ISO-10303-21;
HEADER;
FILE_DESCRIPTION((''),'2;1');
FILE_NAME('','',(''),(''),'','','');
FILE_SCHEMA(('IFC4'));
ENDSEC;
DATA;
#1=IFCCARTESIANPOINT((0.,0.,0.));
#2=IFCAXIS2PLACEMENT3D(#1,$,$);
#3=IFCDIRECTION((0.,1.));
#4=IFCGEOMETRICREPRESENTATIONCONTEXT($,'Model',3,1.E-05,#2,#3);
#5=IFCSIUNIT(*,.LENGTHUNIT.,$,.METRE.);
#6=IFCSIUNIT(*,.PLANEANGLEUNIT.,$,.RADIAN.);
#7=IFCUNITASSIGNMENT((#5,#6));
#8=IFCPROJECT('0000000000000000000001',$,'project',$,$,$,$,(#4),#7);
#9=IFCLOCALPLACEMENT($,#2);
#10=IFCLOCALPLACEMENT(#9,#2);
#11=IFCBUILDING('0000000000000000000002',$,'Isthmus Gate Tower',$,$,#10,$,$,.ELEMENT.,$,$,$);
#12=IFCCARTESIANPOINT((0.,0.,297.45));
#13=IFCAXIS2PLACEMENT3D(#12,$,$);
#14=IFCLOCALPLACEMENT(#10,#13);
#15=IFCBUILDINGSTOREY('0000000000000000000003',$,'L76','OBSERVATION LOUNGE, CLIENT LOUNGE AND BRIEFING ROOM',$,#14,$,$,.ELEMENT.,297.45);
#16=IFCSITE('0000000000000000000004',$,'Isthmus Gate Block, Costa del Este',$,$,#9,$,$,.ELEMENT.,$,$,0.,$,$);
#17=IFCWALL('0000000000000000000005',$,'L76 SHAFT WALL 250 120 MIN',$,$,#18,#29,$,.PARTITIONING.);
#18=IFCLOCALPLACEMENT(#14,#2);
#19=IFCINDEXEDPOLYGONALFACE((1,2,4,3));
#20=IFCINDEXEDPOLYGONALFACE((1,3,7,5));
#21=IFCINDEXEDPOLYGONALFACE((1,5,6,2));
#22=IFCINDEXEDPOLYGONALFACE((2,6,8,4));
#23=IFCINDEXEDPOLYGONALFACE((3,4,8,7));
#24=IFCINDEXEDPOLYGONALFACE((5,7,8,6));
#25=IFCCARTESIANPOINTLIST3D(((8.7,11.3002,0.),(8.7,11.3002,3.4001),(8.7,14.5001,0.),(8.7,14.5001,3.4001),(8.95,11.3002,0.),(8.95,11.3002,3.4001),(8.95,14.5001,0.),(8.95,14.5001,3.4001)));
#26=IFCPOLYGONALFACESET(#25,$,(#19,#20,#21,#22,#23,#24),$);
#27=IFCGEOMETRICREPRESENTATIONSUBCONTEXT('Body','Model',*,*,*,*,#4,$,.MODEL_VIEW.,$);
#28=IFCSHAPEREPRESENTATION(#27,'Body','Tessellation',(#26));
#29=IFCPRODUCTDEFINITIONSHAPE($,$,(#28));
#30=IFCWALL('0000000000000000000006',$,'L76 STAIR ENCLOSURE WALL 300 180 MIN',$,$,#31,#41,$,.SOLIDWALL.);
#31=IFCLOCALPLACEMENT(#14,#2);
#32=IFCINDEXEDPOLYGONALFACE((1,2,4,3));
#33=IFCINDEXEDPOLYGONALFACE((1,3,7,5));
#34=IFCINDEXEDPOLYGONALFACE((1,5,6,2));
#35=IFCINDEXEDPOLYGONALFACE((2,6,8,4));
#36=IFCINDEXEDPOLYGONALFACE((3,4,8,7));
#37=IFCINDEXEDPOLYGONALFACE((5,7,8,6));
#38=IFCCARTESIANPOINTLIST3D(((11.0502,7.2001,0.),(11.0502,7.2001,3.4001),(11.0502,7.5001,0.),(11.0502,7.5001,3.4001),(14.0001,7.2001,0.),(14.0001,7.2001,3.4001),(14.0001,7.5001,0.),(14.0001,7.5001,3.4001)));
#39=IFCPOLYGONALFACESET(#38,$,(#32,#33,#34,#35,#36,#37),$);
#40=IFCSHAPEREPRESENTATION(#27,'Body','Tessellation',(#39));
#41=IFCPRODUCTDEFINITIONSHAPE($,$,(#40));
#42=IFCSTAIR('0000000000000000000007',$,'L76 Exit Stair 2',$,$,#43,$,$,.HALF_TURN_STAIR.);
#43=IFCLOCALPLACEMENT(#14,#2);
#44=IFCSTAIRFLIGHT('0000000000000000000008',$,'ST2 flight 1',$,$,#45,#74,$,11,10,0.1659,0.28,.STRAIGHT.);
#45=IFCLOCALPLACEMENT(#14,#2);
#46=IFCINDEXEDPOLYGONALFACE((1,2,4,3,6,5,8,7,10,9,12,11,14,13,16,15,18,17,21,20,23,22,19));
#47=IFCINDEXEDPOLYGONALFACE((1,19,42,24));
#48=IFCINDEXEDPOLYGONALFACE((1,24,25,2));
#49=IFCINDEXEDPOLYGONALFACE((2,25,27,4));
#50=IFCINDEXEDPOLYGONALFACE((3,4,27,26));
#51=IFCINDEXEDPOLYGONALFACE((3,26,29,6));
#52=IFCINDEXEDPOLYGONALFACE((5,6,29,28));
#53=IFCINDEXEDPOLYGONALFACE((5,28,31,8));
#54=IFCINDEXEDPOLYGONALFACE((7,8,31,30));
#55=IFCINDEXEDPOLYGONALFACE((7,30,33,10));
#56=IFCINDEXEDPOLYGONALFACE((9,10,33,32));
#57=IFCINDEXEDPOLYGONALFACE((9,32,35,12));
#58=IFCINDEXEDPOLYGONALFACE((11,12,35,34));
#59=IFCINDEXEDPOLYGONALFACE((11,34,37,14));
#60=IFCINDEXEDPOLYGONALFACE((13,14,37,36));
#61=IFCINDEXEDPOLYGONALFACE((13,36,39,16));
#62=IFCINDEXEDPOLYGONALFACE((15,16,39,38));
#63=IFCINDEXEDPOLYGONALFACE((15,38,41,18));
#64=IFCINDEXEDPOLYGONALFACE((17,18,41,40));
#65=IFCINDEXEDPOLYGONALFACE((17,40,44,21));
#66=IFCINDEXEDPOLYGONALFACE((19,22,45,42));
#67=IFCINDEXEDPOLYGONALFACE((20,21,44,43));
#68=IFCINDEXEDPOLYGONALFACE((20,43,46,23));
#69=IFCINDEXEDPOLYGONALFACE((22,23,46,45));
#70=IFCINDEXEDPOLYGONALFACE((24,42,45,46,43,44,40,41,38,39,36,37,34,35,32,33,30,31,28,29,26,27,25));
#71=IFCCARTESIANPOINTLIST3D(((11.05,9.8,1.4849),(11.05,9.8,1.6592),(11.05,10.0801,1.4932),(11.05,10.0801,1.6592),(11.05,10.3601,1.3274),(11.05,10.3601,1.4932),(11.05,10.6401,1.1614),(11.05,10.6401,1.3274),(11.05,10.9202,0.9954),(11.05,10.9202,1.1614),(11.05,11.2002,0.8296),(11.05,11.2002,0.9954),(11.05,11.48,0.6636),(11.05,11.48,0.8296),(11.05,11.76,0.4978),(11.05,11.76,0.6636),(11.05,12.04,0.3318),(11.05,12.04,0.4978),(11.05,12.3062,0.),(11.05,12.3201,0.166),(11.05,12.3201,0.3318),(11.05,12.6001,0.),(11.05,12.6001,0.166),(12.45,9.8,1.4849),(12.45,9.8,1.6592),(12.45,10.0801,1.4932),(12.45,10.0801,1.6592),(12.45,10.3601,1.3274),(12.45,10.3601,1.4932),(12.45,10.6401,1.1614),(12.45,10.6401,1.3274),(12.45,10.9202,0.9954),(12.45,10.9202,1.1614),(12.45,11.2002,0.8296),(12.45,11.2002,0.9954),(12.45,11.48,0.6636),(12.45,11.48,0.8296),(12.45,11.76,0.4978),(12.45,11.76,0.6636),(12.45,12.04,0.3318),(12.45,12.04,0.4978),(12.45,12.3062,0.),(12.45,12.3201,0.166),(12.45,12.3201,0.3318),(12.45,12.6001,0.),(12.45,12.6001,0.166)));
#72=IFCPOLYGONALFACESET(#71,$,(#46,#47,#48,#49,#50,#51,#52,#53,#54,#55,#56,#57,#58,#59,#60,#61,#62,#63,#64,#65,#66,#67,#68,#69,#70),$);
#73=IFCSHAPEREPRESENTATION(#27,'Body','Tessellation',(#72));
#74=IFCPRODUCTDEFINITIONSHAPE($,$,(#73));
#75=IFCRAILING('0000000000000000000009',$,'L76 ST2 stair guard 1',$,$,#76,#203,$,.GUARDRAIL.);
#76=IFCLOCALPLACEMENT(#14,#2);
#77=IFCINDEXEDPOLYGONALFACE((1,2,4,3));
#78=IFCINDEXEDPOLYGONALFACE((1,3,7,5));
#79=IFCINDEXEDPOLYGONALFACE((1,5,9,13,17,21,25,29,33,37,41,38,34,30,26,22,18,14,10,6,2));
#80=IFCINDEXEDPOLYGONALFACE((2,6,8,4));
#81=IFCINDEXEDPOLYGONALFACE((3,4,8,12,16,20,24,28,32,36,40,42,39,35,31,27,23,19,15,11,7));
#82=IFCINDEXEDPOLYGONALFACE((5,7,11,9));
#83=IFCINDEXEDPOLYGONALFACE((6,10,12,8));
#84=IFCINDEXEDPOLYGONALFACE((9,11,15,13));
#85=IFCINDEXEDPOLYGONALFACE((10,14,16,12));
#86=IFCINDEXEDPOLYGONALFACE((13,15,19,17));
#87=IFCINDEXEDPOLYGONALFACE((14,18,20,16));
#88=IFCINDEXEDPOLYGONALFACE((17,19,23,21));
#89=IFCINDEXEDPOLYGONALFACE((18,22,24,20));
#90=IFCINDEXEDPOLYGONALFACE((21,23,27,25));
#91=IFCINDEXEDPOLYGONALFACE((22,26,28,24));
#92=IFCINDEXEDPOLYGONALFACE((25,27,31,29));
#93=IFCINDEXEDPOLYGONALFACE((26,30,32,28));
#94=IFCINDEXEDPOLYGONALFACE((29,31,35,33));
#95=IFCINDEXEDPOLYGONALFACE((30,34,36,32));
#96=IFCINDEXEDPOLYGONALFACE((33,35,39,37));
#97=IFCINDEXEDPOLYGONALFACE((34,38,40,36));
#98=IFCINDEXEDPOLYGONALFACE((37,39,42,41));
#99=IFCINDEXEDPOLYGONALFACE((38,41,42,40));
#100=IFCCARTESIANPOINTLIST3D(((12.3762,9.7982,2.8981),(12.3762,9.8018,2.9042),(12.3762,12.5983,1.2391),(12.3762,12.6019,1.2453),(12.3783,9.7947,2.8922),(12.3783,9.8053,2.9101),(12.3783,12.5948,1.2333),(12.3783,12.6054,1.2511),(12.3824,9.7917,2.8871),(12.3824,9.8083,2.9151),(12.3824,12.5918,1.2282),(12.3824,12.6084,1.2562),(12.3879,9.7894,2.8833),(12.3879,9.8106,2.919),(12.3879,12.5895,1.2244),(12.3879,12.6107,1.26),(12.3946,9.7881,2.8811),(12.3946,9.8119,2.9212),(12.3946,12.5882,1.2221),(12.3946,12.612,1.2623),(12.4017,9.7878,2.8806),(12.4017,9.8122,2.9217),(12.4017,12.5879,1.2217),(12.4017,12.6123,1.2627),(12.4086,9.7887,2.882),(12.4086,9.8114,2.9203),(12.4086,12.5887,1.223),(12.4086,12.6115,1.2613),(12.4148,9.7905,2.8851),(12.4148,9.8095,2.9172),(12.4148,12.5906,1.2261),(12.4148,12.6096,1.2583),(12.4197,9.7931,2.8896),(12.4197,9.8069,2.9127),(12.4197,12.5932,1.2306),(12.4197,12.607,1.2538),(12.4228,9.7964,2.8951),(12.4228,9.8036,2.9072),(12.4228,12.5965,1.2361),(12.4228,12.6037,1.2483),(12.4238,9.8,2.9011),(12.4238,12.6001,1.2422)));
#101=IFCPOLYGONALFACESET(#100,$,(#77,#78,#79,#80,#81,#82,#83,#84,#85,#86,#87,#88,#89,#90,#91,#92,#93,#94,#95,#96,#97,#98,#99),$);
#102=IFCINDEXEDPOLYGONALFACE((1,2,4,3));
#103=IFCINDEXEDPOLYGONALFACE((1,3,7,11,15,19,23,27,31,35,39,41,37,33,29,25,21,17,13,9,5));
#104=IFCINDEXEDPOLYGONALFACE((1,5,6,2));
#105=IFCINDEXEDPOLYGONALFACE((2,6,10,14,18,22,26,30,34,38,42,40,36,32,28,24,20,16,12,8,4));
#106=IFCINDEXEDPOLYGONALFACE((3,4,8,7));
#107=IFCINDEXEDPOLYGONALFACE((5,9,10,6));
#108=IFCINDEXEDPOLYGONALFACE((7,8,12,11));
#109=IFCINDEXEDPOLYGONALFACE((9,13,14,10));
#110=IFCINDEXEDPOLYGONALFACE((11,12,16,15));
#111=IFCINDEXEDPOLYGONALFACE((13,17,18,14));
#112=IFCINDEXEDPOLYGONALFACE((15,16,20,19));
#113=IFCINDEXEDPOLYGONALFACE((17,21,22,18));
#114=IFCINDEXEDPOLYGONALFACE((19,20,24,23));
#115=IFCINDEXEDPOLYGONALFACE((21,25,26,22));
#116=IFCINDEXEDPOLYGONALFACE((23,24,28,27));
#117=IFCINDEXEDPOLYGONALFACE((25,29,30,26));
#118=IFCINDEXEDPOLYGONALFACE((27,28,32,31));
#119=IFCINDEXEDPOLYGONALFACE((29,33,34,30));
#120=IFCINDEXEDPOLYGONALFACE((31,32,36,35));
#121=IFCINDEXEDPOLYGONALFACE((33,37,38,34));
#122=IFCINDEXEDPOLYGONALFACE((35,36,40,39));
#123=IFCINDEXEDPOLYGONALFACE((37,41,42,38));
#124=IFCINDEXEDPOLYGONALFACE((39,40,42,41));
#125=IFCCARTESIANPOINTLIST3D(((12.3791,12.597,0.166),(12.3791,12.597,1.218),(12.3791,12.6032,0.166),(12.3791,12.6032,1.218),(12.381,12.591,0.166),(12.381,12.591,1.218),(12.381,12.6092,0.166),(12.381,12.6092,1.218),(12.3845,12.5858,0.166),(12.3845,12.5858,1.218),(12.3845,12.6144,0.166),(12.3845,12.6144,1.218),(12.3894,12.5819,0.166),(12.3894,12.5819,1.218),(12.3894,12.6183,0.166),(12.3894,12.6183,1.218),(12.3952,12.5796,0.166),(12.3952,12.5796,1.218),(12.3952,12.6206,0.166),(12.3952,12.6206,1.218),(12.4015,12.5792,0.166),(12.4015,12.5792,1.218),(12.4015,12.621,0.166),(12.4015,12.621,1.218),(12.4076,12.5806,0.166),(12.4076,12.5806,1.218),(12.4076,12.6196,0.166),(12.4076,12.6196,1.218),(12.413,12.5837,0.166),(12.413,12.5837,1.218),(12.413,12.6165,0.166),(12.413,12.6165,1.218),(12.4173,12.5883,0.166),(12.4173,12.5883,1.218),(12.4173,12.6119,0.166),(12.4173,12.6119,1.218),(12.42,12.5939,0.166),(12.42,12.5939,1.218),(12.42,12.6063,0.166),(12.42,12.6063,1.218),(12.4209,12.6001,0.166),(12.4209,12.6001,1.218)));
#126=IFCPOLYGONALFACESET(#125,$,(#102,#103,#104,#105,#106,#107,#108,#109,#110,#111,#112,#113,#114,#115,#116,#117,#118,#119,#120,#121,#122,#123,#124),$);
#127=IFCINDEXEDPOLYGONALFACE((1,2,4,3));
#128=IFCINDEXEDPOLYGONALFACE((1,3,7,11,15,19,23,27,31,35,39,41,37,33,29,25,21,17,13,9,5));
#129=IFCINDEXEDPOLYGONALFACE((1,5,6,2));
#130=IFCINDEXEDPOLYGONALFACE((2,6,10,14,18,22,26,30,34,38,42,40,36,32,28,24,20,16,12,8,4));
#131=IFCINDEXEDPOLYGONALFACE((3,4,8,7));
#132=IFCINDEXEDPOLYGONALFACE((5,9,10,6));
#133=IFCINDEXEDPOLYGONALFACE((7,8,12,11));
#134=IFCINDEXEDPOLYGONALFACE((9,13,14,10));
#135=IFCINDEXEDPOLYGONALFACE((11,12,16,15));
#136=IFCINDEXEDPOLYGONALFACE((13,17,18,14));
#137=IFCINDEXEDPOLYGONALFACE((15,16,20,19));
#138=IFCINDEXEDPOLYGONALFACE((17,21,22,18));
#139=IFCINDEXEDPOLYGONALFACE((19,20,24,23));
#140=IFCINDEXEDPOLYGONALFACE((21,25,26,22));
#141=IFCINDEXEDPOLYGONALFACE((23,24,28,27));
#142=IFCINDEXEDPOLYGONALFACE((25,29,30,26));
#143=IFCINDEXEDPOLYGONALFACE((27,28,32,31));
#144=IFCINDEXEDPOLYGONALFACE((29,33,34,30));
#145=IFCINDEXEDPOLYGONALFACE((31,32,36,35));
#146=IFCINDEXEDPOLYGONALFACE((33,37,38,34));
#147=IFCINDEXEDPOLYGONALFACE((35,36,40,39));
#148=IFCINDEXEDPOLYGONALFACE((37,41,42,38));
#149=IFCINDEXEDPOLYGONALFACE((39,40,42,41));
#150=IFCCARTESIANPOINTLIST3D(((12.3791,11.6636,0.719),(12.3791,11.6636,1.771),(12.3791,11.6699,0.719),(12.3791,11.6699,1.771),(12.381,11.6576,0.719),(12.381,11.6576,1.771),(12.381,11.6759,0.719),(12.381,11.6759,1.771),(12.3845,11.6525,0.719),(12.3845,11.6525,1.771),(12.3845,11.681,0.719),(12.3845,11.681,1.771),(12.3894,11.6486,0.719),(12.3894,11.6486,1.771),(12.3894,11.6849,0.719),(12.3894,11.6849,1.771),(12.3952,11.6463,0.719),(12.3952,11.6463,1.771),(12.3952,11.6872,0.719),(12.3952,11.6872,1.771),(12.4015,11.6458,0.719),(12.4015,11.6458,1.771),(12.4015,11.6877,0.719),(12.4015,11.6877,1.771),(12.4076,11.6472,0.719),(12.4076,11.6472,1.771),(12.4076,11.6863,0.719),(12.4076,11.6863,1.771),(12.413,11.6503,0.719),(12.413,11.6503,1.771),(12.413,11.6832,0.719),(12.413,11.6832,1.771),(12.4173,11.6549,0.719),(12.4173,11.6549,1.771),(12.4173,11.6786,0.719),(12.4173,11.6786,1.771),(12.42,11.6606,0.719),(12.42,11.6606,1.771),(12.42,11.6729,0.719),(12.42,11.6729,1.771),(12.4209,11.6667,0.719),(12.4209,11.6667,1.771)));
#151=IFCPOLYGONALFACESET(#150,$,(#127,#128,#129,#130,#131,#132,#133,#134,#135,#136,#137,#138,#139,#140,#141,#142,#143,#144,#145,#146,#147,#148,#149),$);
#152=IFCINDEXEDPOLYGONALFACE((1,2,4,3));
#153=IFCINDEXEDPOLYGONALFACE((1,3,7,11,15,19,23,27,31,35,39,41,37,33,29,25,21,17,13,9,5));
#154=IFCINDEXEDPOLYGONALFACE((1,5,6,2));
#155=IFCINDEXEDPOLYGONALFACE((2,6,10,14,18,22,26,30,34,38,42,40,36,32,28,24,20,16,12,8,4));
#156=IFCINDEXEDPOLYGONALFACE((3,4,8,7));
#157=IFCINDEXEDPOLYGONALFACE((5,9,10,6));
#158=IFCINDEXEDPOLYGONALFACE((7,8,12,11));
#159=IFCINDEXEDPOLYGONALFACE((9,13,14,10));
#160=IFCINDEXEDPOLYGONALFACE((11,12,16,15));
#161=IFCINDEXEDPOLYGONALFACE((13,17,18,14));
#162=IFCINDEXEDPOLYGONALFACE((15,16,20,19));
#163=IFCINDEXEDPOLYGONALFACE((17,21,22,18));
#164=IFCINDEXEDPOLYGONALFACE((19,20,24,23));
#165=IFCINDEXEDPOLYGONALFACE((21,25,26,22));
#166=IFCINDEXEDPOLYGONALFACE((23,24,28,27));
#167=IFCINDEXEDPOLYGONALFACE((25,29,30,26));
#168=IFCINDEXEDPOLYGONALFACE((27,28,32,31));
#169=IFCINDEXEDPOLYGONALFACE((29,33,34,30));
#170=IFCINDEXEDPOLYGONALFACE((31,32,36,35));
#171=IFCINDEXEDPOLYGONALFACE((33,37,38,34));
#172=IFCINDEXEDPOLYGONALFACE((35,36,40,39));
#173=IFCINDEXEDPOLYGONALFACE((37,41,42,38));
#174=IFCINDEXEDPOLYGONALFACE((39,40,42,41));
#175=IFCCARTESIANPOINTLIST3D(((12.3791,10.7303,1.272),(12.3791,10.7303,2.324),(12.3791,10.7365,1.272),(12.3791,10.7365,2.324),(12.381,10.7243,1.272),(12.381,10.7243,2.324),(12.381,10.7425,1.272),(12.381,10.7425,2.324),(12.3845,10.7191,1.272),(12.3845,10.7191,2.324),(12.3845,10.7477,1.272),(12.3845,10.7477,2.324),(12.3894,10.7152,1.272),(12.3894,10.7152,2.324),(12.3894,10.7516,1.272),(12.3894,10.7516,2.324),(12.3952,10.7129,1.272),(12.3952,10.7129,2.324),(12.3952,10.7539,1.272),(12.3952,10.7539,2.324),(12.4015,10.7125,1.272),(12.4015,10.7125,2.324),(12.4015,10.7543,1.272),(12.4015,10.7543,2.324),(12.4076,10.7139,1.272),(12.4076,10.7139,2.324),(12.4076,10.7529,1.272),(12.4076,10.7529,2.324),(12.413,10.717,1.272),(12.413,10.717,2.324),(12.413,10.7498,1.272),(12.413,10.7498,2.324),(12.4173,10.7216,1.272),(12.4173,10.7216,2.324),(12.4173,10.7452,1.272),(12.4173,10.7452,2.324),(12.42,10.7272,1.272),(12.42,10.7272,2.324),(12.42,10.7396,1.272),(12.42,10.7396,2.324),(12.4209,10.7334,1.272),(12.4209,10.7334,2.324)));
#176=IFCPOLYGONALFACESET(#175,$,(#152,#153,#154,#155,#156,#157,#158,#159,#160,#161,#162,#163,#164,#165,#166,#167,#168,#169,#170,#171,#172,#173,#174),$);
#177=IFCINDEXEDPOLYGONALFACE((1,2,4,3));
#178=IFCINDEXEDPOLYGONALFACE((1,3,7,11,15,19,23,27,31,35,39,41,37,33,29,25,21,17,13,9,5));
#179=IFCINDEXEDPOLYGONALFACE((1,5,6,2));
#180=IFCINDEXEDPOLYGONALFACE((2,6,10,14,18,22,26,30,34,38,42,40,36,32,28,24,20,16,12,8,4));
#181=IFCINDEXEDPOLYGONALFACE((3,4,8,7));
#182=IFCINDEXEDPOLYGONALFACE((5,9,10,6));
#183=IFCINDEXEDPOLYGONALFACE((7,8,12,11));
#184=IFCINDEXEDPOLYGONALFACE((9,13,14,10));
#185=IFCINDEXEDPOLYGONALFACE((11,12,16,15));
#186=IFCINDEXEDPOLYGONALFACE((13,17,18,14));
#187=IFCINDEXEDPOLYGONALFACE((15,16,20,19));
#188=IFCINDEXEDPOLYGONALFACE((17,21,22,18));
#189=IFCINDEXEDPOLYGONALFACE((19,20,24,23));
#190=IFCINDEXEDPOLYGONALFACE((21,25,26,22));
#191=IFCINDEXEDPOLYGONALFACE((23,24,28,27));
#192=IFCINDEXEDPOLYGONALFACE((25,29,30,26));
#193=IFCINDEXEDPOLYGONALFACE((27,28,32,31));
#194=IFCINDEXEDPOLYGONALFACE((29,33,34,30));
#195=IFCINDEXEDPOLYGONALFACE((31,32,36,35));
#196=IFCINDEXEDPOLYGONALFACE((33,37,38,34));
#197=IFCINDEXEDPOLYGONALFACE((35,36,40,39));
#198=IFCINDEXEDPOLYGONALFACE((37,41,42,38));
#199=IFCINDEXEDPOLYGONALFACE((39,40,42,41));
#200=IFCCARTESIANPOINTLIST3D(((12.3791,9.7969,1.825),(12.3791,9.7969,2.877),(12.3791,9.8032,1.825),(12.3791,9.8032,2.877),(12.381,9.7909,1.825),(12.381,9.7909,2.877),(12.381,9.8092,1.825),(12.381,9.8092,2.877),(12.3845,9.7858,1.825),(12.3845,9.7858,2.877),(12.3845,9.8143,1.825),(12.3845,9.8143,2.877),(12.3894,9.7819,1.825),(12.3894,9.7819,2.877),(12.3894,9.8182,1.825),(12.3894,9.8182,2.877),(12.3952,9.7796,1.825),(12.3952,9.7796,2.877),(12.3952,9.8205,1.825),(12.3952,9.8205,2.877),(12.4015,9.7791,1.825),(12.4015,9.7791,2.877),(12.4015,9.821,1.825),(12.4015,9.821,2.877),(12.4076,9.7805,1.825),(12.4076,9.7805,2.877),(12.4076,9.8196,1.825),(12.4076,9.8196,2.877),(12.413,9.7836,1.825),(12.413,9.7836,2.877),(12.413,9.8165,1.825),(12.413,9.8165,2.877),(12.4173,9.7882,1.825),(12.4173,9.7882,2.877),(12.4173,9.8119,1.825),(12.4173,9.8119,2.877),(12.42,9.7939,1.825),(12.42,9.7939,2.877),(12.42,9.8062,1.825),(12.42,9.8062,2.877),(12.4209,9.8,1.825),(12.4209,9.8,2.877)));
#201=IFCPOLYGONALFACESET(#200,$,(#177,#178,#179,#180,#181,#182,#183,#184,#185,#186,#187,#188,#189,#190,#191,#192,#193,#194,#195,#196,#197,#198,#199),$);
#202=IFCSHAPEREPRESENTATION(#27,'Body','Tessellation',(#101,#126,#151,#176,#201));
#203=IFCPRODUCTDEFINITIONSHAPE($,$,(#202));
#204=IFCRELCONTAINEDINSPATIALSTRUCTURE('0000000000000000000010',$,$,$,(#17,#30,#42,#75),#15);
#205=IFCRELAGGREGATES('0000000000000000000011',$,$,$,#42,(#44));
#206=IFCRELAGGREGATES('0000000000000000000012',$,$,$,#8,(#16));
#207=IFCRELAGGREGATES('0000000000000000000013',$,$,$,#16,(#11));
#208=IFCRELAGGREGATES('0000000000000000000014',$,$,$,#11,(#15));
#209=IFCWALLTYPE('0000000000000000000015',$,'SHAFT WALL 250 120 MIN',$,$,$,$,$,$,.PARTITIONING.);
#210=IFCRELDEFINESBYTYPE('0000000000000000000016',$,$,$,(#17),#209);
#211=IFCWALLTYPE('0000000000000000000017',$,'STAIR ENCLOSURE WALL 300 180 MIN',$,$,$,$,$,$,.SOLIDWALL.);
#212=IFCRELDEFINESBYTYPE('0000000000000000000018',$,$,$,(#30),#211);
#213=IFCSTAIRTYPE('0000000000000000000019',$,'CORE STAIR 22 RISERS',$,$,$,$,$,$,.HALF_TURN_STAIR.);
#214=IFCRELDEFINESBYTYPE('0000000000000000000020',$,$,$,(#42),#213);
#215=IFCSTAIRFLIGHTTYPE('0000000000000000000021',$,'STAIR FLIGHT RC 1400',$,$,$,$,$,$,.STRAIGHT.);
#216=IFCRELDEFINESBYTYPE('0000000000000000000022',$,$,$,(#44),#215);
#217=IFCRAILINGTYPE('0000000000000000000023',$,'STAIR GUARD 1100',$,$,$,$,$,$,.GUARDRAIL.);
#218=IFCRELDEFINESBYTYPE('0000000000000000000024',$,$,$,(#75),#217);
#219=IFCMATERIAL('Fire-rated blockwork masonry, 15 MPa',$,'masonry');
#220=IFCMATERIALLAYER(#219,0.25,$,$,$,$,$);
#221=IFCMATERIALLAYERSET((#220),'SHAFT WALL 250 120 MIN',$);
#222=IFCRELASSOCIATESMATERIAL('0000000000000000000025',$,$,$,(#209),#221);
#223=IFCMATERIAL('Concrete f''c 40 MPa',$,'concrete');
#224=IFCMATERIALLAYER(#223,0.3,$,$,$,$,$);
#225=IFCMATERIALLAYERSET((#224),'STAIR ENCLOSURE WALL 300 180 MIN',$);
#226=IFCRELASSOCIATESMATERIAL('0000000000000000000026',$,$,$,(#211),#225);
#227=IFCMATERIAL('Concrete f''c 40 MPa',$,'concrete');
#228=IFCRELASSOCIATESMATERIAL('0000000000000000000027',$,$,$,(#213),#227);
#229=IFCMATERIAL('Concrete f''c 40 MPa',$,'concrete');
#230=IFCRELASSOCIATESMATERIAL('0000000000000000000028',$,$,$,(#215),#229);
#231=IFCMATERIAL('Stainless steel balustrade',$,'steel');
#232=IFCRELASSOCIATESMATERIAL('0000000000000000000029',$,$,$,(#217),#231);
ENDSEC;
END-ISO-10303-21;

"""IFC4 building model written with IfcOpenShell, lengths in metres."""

from ifc_helpers import new_model, si_unit, direction, frame, frame_2d, origin, origin_2d, place, context, subcontext, project, spatial, polyline, rectangle, circle, outline, extrude, material, layer, layer_set, type_object, element, aggregate, save


model = new_model("IFC4")

# Units and contexts
model_context = context("Model", 3, precision=1e-05, world=origin(), true_north=direction((0.0, 1.0)))
body_context = subcontext(model_context, "Body", "Model", "MODEL_VIEW")
ifc_project = project(units=[si_unit("LENGTHUNIT", "METRE"), si_unit("PLANEANGLEUNIT", "RADIAN")], contexts=[model_context])

# Site, building, storey
site_placement = place(None, origin())
site = spatial("IfcSite", under=ifc_project, at=site_placement, Name="Isthmus Gate Block, Costa del Este", CompositionType="ELEMENT", RefElevation=0.0)
building_placement = place(site_placement, origin())
building = spatial("IfcBuilding", under=site, at=building_placement, Name="Isthmus Gate Tower", CompositionType="ELEMENT")
storey_placement = place(building_placement, frame((0.0, 0.0, 297.45)))
storey = spatial("IfcBuildingStorey", under=building, at=storey_placement, Name="L76", Description="OBSERVATION LOUNGE, CLIENT LOUNGE AND BRIEFING ROOM", CompositionType="ELEMENT", Elevation=297.45)

# Walls
ifc_material_1 = material(Name="Fire-rated blockwork masonry, 15 MPa", Category="masonry")
ifc_layer_1 = layer(ifc_material_1, 0.25)
ifc_layer_set_1 = layer_set([ifc_layer_1], Name="SHAFT WALL 250 120 MIN")
wall_type_1 = type_object("IfcWallType", Name="SHAFT WALL 250 120 MIN", PredefinedType="PARTITIONING", material=ifc_layer_set_1)
for number, where, z_axis, x_axis, name in (
    (1, (8.825, 11.3, 0.0), (0.0, 0.0, 1.0), (0.0, 1.0, 0.0), "L76 SHAFT WALL 250 120 MIN"),
):
    element("IfcWall", number, at=place(storey_placement, frame(where, z_axis=z_axis, x_axis=x_axis)), inside=storey, type_object=wall_type_1, Name=name, PredefinedType="PARTITIONING", context=body_context, shape_type="SweptSolid", body=[
        extrude(rectangle(XDim=3.2, YDim=0.25, at=frame_2d((1.6001, 0.0))), origin(), (0.0, 0.0, 1.0), 3.4001),
    ])
ifc_material_2 = material(Name="Concrete f'c 40 MPa", Category="concrete")
ifc_layer_2 = layer(ifc_material_2, 0.3)
ifc_layer_set_2 = layer_set([ifc_layer_2], Name="STAIR ENCLOSURE WALL 300 180 MIN")
wall_type_2 = type_object("IfcWallType", Name="STAIR ENCLOSURE WALL 300 180 MIN", PredefinedType="SOLIDWALL", material=ifc_layer_set_2)
wall_1_placement = place(storey_placement, frame((11.05, 7.3501, 0.0), z_axis=(0.0, 0.0, 1.0), x_axis=(1.0, 0.0, 0.0)))
element("IfcWall", 2, at=wall_1_placement, inside=storey, type_object=wall_type_2, Name="L76 STAIR ENCLOSURE WALL 300 180 MIN", PredefinedType="SOLIDWALL", context=body_context, shape_type="SweptSolid", body=[
    extrude(rectangle(XDim=2.95, YDim=0.3, at=frame_2d((1.4751, 0.0))), origin(), (0.0, 0.0, 1.0), 3.4001),
])

# Stair, stair flight
ifc_material_3 = material(Name="Concrete f'c 40 MPa", Category="concrete")
stair_type = type_object("IfcStairType", Name="CORE STAIR 22 RISERS", PredefinedType="HALF_TURN_STAIR", material=ifc_material_3)
stair_placement = place(storey_placement, origin())
stair = element("IfcStair", 3, at=stair_placement, inside=storey, type_object=stair_type, Name="L76 Exit Stair 2", PredefinedType="HALF_TURN_STAIR")
ifc_material_4 = material(Name="Concrete f'c 40 MPa", Category="concrete")
stair_flight_type = type_object("IfcStairFlightType", Name="STAIR FLIGHT RC 1400", PredefinedType="STRAIGHT", material=ifc_material_4)
stair_flight_placement = place(storey_placement, frame((11.75, 12.6001, 0.0), z_axis=(0.0, 0.0, 1.0), x_axis=(0.0, -1.0, 0.0)))
stair_flight = element("IfcStairFlight", 4, at=stair_flight_placement, type_object=stair_flight_type, Name="ST2 flight 1", NumberOfRisers=11, NumberOfTreads=10, PredefinedType="STRAIGHT", RiserHeight=0.1659, TreadLength=0.28, context=body_context, shape_type="SweptSolid", body=[
    extrude(outline(polyline([(0.0, 0.0), (0.0, 0.166), (0.28, 0.166), (0.28, 0.3318), (0.5601, 0.3318), (0.5601, 0.4978), (0.8401, 0.4978), (0.8401, 0.6636), (1.1201, 0.6636), (1.1201, 0.8296), (1.3999, 0.8296), (1.3999, 0.9954), (1.6799, 0.9954), (1.6799, 1.1614), (1.96, 1.1614), (1.96, 1.3274), (2.24, 1.3274), (2.24, 1.4932), (2.52, 1.4932), (2.52, 1.6592), (2.8, 1.6592), (2.8, 1.825), (2.8, 1.4849), (0.2939, 0.0), (0.0, 0.0)])), frame((0.0, 0.7, 0.0), z_axis=(0.0, -1.0, 0.0), x_axis=(1.0, 0.0, 0.0)), (0.0, 0.0, 1.0), 1.3999),
])
aggregate(stair, [stair_flight])

# Railing
ifc_material_5 = material(Name="Stainless steel balustrade", Category="steel")
railing_type_1 = type_object("IfcRailingType", Name="STAIR GUARD 1100", PredefinedType="GUARDRAIL", material=ifc_material_5)
railing_1_placement = place(storey_placement, frame((12.3999, 12.6001, 0.166)))
element("IfcRailing", 5, at=railing_1_placement, inside=storey, type_object=railing_type_1, Name="L76 ST2 stair guard 1", PredefinedType="GUARDRAIL", context=body_context, shape_type="SweptSolid", body=[
    extrude(circle(Radius=0.0239, at=origin_2d()), frame((0.0, 0.0, 1.0762), z_axis=(0.0, -0.860339, 0.509722), x_axis=(1.0, 0.0, 0.0)), (0.0, 0.0, 1.0), 3.2546),
    extrude(circle(Radius=0.021, at=origin_2d()), origin(), (0.0, 0.0, 1.0), 1.052),
    extrude(circle(Radius=0.021, at=origin_2d()), frame((0.0, -0.9333, 0.553)), (0.0, 0.0, 1.0), 1.052),
    extrude(circle(Radius=0.021, at=origin_2d()), frame((0.0, -1.8667, 1.106)), (0.0, 0.0, 1.0), 1.052),
    extrude(circle(Radius=0.021, at=origin_2d()), frame((0.0, -2.8, 1.6589)), (0.0, 0.0, 1.0), 1.052),
])

save(model, "model.ifc")
